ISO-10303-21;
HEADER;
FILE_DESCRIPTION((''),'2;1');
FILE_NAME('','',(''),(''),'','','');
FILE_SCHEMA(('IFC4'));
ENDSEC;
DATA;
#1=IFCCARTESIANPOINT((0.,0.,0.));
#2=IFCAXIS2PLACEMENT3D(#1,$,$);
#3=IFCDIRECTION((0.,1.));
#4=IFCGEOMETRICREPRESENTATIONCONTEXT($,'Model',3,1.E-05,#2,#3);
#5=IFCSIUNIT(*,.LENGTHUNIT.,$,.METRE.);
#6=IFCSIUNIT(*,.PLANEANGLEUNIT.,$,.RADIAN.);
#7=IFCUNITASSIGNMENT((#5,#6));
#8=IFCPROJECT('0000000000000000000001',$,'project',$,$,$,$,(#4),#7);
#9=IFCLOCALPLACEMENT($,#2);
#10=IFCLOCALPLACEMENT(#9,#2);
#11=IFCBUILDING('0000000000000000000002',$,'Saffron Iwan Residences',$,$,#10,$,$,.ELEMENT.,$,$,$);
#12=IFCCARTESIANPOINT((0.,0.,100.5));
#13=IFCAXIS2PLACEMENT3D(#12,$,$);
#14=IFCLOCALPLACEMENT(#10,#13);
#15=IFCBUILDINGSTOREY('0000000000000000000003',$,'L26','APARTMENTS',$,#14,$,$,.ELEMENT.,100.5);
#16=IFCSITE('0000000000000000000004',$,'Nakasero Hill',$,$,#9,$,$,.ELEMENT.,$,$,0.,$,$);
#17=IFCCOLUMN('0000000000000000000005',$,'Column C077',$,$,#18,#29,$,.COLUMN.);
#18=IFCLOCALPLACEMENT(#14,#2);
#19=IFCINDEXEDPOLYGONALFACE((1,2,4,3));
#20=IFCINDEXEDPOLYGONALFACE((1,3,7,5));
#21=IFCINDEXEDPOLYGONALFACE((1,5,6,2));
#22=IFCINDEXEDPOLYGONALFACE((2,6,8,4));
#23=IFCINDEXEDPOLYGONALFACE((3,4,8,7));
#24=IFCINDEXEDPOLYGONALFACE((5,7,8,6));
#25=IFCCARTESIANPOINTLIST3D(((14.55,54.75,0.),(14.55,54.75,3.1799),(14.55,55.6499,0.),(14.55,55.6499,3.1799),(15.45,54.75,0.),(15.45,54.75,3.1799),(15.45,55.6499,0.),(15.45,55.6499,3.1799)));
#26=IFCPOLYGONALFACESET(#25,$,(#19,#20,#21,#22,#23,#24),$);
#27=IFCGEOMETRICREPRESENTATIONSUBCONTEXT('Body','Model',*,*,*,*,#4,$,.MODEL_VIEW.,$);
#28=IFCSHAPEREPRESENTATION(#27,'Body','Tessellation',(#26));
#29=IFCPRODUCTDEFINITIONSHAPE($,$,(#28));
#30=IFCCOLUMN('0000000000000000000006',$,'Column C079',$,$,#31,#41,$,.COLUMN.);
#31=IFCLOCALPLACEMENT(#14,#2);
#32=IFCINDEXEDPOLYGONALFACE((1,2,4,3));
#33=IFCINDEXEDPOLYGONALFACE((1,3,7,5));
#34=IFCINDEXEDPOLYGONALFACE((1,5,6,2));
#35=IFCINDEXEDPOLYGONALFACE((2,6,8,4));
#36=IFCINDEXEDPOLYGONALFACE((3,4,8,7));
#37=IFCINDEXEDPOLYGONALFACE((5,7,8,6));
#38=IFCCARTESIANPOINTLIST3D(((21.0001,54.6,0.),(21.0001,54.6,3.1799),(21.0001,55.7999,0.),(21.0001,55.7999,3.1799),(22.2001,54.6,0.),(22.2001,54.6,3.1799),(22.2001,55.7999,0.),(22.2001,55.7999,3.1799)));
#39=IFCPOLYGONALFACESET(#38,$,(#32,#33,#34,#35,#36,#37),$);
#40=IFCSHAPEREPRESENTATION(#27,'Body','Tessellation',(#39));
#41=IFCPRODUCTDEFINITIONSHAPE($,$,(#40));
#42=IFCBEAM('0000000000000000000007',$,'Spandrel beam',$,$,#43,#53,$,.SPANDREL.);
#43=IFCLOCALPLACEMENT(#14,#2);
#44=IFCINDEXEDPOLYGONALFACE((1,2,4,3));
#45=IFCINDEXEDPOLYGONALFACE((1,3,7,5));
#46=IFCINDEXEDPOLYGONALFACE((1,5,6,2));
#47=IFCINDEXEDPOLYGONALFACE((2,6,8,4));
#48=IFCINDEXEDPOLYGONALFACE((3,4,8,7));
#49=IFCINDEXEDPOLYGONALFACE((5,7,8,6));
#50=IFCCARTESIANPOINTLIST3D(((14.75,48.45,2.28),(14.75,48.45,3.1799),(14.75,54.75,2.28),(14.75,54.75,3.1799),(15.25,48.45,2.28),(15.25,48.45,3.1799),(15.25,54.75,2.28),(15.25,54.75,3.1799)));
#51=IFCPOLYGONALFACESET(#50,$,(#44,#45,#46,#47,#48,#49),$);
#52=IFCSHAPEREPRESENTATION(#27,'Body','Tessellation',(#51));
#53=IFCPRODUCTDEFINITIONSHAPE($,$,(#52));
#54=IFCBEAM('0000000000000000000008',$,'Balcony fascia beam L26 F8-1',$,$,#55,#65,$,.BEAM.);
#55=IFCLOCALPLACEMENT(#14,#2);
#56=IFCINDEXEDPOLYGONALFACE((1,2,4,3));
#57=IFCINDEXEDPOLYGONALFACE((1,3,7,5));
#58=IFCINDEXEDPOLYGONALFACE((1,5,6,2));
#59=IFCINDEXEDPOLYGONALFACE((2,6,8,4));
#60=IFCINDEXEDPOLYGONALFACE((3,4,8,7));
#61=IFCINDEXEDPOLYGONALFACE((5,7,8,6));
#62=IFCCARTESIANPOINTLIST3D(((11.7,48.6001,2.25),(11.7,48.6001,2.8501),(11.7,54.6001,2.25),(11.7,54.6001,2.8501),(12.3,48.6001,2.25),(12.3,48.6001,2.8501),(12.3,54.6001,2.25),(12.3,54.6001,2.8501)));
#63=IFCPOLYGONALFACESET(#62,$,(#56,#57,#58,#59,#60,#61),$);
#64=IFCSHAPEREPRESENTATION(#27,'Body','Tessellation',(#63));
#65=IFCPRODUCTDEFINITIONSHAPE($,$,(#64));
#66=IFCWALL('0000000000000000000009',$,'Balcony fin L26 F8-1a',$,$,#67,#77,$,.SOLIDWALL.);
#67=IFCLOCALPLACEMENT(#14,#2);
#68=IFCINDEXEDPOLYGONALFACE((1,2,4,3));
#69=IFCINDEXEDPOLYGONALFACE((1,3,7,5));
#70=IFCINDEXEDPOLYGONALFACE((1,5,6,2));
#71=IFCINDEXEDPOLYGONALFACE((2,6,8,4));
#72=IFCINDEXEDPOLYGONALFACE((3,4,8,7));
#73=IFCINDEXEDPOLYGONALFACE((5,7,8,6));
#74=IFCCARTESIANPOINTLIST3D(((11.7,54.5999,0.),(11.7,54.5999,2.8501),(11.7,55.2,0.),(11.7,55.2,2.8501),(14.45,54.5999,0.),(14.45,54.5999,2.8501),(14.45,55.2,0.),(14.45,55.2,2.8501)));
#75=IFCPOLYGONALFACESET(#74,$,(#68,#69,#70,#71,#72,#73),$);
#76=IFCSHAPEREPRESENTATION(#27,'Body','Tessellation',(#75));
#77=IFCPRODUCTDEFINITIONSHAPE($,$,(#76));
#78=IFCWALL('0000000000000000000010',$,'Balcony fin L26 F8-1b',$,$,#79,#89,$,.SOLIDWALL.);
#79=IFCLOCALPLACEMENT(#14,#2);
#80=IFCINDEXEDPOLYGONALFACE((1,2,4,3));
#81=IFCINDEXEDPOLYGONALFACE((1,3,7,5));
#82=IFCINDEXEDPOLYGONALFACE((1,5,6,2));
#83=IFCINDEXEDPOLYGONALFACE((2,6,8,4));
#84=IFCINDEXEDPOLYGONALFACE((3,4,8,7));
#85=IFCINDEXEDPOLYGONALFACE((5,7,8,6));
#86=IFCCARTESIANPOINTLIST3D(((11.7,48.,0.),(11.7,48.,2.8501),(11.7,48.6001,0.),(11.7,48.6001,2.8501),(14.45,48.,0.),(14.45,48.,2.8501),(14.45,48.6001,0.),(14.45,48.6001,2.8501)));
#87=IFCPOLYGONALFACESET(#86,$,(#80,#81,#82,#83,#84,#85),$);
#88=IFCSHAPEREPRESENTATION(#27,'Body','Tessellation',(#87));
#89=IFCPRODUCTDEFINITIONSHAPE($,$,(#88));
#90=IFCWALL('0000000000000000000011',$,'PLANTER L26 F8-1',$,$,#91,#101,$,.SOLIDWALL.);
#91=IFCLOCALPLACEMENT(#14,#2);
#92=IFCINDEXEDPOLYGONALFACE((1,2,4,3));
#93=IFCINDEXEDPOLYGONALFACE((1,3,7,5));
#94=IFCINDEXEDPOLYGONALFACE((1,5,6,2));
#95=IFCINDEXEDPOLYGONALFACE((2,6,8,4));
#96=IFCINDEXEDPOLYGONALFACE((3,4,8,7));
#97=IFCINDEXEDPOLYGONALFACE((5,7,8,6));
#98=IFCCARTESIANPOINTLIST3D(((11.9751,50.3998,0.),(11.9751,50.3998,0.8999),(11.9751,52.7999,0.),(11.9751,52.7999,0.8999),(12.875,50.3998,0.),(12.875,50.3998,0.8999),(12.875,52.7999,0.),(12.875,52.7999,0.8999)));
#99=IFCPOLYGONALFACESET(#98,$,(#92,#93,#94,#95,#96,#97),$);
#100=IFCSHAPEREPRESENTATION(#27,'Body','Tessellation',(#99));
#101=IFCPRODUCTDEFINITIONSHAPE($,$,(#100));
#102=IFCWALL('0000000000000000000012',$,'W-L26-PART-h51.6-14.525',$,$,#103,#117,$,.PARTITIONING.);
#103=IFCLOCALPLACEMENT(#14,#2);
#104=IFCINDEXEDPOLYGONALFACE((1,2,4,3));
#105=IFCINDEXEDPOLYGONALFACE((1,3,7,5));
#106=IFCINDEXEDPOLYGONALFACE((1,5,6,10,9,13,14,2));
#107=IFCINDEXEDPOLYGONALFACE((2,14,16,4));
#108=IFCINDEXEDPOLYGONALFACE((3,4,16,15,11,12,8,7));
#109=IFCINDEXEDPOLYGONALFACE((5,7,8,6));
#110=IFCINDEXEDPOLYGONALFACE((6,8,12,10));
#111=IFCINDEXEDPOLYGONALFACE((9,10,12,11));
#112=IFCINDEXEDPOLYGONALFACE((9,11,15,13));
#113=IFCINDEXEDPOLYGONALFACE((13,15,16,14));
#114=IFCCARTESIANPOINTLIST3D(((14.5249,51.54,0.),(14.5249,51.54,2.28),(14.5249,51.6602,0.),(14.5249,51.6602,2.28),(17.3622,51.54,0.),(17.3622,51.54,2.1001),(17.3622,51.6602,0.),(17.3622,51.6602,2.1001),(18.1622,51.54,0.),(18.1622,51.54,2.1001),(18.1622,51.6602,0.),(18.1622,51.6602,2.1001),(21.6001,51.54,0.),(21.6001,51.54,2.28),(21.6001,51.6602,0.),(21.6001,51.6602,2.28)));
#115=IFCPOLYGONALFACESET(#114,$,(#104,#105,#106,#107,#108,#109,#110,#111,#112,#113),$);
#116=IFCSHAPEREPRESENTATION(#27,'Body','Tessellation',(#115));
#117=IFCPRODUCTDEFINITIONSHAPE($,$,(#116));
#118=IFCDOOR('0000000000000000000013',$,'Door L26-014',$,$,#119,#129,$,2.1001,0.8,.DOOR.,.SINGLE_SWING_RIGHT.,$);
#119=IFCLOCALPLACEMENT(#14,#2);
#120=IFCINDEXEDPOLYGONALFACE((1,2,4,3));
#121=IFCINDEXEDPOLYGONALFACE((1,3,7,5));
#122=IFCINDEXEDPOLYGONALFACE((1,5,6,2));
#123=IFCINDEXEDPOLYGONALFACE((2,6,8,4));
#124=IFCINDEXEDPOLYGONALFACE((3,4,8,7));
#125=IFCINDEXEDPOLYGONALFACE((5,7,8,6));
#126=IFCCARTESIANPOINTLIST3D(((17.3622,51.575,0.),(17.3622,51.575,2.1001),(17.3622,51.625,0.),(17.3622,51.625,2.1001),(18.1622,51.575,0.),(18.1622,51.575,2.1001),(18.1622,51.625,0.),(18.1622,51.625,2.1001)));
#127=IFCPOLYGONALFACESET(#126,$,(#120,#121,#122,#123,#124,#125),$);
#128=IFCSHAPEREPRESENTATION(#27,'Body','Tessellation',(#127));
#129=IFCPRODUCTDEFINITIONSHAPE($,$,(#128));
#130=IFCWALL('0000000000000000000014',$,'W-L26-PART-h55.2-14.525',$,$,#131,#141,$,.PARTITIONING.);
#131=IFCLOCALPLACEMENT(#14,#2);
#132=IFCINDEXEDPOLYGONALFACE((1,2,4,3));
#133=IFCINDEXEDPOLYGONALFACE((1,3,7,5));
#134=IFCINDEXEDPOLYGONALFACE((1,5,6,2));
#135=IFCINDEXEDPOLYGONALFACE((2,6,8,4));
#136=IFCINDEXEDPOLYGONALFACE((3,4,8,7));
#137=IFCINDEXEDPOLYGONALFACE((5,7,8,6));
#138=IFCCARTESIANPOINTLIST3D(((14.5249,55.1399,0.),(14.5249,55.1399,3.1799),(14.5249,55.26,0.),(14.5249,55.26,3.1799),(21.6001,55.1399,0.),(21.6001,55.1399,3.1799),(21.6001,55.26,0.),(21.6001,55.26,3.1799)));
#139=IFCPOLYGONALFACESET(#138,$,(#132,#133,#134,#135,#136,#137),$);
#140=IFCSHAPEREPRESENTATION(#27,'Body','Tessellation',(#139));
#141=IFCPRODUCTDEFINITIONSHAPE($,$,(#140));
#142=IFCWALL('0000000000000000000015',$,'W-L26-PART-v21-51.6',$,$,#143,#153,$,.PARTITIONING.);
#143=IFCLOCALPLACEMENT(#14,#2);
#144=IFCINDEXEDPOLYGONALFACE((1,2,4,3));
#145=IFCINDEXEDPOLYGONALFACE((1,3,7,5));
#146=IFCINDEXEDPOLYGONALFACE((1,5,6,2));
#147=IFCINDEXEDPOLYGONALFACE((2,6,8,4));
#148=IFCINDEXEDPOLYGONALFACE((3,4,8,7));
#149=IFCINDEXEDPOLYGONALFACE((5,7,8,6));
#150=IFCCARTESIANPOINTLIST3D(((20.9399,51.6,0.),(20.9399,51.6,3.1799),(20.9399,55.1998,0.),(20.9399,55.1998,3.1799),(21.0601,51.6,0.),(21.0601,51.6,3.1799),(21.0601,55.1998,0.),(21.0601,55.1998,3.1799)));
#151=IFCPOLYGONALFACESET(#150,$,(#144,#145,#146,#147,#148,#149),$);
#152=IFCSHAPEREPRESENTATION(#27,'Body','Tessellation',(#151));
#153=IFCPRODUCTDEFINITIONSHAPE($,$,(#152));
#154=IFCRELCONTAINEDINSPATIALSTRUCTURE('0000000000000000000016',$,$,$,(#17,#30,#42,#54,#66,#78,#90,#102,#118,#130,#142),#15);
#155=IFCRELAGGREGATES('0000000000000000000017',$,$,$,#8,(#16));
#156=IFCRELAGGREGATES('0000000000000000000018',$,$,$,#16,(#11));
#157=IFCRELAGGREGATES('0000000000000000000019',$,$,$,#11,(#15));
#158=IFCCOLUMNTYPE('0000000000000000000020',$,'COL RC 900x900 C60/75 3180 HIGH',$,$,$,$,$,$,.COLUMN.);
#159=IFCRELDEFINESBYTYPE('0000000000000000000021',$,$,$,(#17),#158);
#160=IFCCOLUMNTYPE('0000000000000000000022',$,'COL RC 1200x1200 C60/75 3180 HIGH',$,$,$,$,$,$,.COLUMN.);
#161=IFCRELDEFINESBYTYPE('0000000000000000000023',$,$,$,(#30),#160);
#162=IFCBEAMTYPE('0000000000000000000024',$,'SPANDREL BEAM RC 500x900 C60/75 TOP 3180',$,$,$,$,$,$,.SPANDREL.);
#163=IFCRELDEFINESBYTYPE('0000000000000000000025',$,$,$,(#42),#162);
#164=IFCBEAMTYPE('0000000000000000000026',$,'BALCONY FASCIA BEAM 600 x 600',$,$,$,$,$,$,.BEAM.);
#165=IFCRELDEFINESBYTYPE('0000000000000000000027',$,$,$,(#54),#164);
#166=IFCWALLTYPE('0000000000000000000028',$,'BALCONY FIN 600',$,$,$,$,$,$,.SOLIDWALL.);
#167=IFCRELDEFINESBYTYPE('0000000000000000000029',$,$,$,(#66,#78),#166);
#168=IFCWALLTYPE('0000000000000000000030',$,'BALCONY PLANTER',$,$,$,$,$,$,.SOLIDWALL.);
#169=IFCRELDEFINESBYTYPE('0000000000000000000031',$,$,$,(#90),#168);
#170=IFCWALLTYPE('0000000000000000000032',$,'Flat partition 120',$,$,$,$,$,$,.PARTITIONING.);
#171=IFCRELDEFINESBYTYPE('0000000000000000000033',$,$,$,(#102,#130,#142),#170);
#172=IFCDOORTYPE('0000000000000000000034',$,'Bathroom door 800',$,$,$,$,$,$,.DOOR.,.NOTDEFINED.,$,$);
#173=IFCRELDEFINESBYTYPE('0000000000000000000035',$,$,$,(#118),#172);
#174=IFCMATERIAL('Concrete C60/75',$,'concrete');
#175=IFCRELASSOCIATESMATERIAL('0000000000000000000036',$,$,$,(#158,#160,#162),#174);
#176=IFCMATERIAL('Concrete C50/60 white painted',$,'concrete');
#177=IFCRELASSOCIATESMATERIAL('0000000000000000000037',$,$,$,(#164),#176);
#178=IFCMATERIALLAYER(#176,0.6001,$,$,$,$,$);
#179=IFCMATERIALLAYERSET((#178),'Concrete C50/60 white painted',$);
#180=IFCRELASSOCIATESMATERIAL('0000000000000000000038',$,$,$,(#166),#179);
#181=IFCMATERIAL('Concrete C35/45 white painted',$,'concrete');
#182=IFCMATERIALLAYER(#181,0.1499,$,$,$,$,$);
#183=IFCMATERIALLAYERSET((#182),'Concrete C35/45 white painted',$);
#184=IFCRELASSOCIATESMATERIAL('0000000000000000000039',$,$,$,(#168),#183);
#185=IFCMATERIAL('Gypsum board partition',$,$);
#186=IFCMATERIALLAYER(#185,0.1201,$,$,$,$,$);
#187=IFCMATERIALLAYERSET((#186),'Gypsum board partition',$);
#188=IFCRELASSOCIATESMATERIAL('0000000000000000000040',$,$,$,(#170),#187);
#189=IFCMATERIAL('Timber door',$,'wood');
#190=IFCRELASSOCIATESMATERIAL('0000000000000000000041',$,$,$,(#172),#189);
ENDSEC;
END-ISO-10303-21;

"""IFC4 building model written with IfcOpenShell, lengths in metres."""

from ifc_helpers import new_model, si_unit, direction, frame, frame_2d, origin, origin_2d, place, context, subcontext, project, spatial, rectangle, extrude, source, transform, mapped, material, layer, layer_set, material_profile, profile_set, type_object, element, fill, save


model = new_model("IFC4")

# Units and contexts
model_context = context("Model", 3, precision=1e-05, world=origin(), true_north=direction((0.0, 1.0)))
body_context = subcontext(model_context, "Body", "Model", "MODEL_VIEW")
ifc_project = project(units=[si_unit("LENGTHUNIT", "METRE"), si_unit("PLANEANGLEUNIT", "RADIAN")], contexts=[model_context])

# Site, building, storey
site_placement = place(None, origin())
site = spatial("IfcSite", under=ifc_project, at=site_placement, Name="Nakasero Hill", CompositionType="ELEMENT", RefElevation=0.0)
building_placement = place(site_placement, origin())
building = spatial("IfcBuilding", under=site, at=building_placement, Name="Saffron Iwan Residences", CompositionType="ELEMENT")
storey_placement = place(building_placement, frame((0.0, 0.0, 100.5)))
storey = spatial("IfcBuildingStorey", under=building, at=storey_placement, Name="L26", Description="APARTMENTS", CompositionType="ELEMENT", Elevation=100.5)

# Columns
ifc_material_1 = material(Name="Concrete C60/75", Category="concrete")
ifc_material_profile_1 = material_profile(ifc_material_1, rectangle(XDim=0.8999, YDim=0.8999, at=origin_2d()), Name="RC 900x900")
ifc_profile_set_1 = profile_set([ifc_material_profile_1], Name="Concrete C60/75")
column_type_1 = type_object("IfcColumnType", Name="COL RC 900x900 C60/75 3180 HIGH", PredefinedType="COLUMN", material=ifc_profile_set_1)
shared_shape_1 = source(origin(), body_context, "Body", "SweptSolid", [
    extrude(rectangle(XDim=0.8999, YDim=0.8999, at=origin_2d()), origin(), (0.0, 0.0, 1.0), 3.1799),
])
column_1_placement = place(storey_placement, frame((15.0, 55.2, 0.0), z_axis=(0.0, 0.0, 1.0), x_axis=(1.0, 0.0, 0.0)))
element("IfcColumn", 1, at=column_1_placement, inside=storey, type_object=column_type_1, Name="Column C077", PredefinedType="COLUMN", context=body_context, shape_type="MappedRepresentation", body=[
    mapped(shared_shape_1, transform((0.0, 0.0, 0.0))),
])
ifc_material_profile_2 = material_profile(ifc_material_1, rectangle(XDim=1.2, YDim=1.2, at=origin_2d()), Name="RC 1200x1200")
ifc_profile_set_2 = profile_set([ifc_material_profile_2], Name="Concrete C60/75")
column_type_2 = type_object("IfcColumnType", Name="COL RC 1200x1200 C60/75 3180 HIGH", PredefinedType="COLUMN", material=ifc_profile_set_2)
shared_shape_2 = source(origin(), body_context, "Body", "SweptSolid", [
    extrude(rectangle(XDim=1.2, YDim=1.2, at=origin_2d()), origin(), (0.0, 0.0, 1.0), 3.1799),
])
column_2_placement = place(storey_placement, frame((21.6001, 55.2, 0.0), z_axis=(0.0, 0.0, 1.0), x_axis=(1.0, 0.0, 0.0)))
element("IfcColumn", 2, at=column_2_placement, inside=storey, type_object=column_type_2, Name="Column C079", PredefinedType="COLUMN", context=body_context, shape_type="MappedRepresentation", body=[
    mapped(shared_shape_2, transform((0.0, 0.0, 0.0))),
])

# Beams
ifc_material_profile_3 = material_profile(ifc_material_1, rectangle(XDim=0.5, YDim=0.8999, at=origin_2d()), Name="RC 500x900")
ifc_profile_set_3 = profile_set([ifc_material_profile_3], Name="Concrete C60/75")
beam_type_1 = type_object("IfcBeamType", Name="SPANDREL BEAM RC 500x900 C60/75 TOP 3180", PredefinedType="SPANDREL", material=ifc_profile_set_3)
shared_shape_3 = source(origin(), body_context, "Body", "SweptSolid", [
    extrude(rectangle(XDim=0.5, YDim=0.8999, at=origin_2d()), origin(), (0.0, 0.0, 1.0), 6.3),
])
beam_1_placement = place(storey_placement, frame((15.0, 48.45, 2.73), z_axis=(0.0, 1.0, 0.0), x_axis=(-1.0, 0.0, 0.0)))
element("IfcBeam", 3, at=beam_1_placement, inside=storey, type_object=beam_type_1, Name="Spandrel beam", PredefinedType="SPANDREL", context=body_context, shape_type="MappedRepresentation", body=[
    mapped(shared_shape_3, transform((0.0, 0.0, 0.0))),
])
ifc_material_2 = material(Name="Concrete C50/60 white painted", Category="concrete")
ifc_material_profile_4 = material_profile(ifc_material_2, rectangle(XDim=0.6001, YDim=0.6001, at=origin_2d()), Name="BALCONY FASCIA BEAM 600 x 600")
ifc_profile_set_4 = profile_set([ifc_material_profile_4], Name="Concrete C50/60 white painted")
beam_type_2 = type_object("IfcBeamType", Name="BALCONY FASCIA BEAM 600 x 600", PredefinedType="BEAM", material=ifc_profile_set_4)
shared_shape_4 = source(origin(), body_context, "Body", "SweptSolid", [
    extrude(rectangle(XDim=0.6001, YDim=0.6001, at=origin_2d()), origin(), (0.0, 0.0, 1.0), 6.0),
])
beam_2_placement = place(storey_placement, frame((12.0, 54.6001, 2.55), z_axis=(0.0, -1.0, 0.0), x_axis=(1.0, 0.0, 0.0)))
element("IfcBeam", 4, at=beam_2_placement, inside=storey, type_object=beam_type_2, Name="Balcony fascia beam L26 F8-1", PredefinedType="BEAM", context=body_context, shape_type="MappedRepresentation", body=[
    mapped(shared_shape_4, transform((0.0, 0.0, 0.0))),
])

# Walls
ifc_layer_1 = layer(ifc_material_2, 0.6001)
ifc_layer_set_1 = layer_set([ifc_layer_1], Name="Concrete C50/60 white painted")
wall_type_1 = type_object("IfcWallType", Name="BALCONY FIN 600", PredefinedType="SOLIDWALL", material=ifc_layer_set_1)
for number, where, z_axis, x_axis, name in (
    (5, (14.45, 54.8999, 0.0), (0.0, 0.0, 1.0), (-1.0, 0.0, 0.0), "Balcony fin L26 F8-1a"),
    (6, (14.45, 48.3, 0.0), (0.0, 0.0, 1.0), (-1.0, 0.0, 0.0), "Balcony fin L26 F8-1b"),
):
    element("IfcWall", number, at=place(storey_placement, frame(where, z_axis=z_axis, x_axis=x_axis)), inside=storey, type_object=wall_type_1, Name=name, PredefinedType="SOLIDWALL", context=body_context, shape_type="SweptSolid", body=[
        extrude(rectangle(XDim=2.75, YDim=0.6001, at=frame_2d((1.375, 0.0))), origin(), (0.0, 0.0, 1.0), 2.8501),
    ])
ifc_material_3 = material(Name="Concrete C35/45 white painted", Category="concrete")
ifc_layer_2 = layer(ifc_material_3, 0.1499)
ifc_layer_set_2 = layer_set([ifc_layer_2], Name="Concrete C35/45 white painted")
wall_type_2 = type_object("IfcWallType", Name="BALCONY PLANTER", PredefinedType="SOLIDWALL", material=ifc_layer_set_2)
wall_1_placement = place(storey_placement, frame((12.425, 52.8, 0.0), z_axis=(0.0, 0.0, 1.0), x_axis=(0.0, -1.0, 0.0)))
element("IfcWall", 7, at=wall_1_placement, inside=storey, type_object=wall_type_2, Name="PLANTER L26 F8-1", PredefinedType="SOLIDWALL", context=body_context, shape_type="SweptSolid", body=[
    extrude(rectangle(XDim=2.4001, YDim=0.8999, at=frame_2d((1.2002, 0.0))), origin(), (0.0, 0.0, 1.0), 0.8999),
])

# Wall, opening, door
ifc_material_4 = material(Name="Gypsum board partition")
ifc_layer_3 = layer(ifc_material_4, 0.1201)
ifc_layer_set_3 = layer_set([ifc_layer_3], Name="Gypsum board partition")
wall_type_3 = type_object("IfcWallType", Name="Flat partition 120", PredefinedType="PARTITIONING", material=ifc_layer_set_3)
wall_2_placement = place(storey_placement, frame((14.5249, 51.6001, 0.0), z_axis=(0.0, 0.0, 1.0), x_axis=(1.0, 0.0, 0.0)))
wall_2 = element("IfcWall", 8, at=wall_2_placement, inside=storey, type_object=wall_type_3, Name="W-L26-PART-h51.6-14.525", PredefinedType="PARTITIONING", context=body_context, shape_type="SweptSolid", body=[
    extrude(rectangle(XDim=7.0752, YDim=0.1201, at=frame_2d((3.5376, 0.0))), origin(), (0.0, 0.0, 1.0), 2.28),
])
opening_1_placement = place(wall_2_placement, frame((2.8374, 0.0, 0.0)))
opening_1 = element("IfcOpeningElement", 9, at=opening_1_placement, cuts=wall_2, PredefinedType="OPENING", context=body_context, shape_type="SweptSolid", body=[
    extrude(rectangle(XDim=0.8, YDim=2.1001, at=frame_2d((0.3999, 1.05))), frame((0.0, 0.0701, 0.0), z_axis=(0.0, -1.0, 0.0), x_axis=(1.0, 0.0, 0.0)), (0.0, 0.0, 1.0), 0.1401),
])
ifc_material_5 = material(Name="Timber door", Category="wood")
door_type_1 = type_object("IfcDoorType", Name="Bathroom door 800", OperationType="NOTDEFINED", PredefinedType="DOOR", material=ifc_material_5)
door_1_placement = place(opening_1_placement, origin())
door_1 = element("IfcDoor", 10, at=door_1_placement, inside=storey, type_object=door_type_1, Name="Door L26-014", OperationType="SINGLE_SWING_RIGHT", OverallHeight=2.1001, OverallWidth=0.8, PredefinedType="DOOR", context=body_context, shape_type="SweptSolid", body=[
    extrude(rectangle(XDim=0.8, YDim=2.1001, at=frame_2d((0.3999, 1.05))), frame((0.0, 0.0249, 0.0), z_axis=(0.0, -1.0, 0.0), x_axis=(1.0, 0.0, 0.0)), (0.0, 0.0, 1.0), 0.05),
])
fill(opening_1, door_1)

# Walls
wall_3_placement = place(storey_placement, frame((14.5249, 55.2, 0.0), z_axis=(0.0, 0.0, 1.0), x_axis=(1.0, 0.0, 0.0)))
element("IfcWall", 11, at=wall_3_placement, inside=storey, type_object=wall_type_3, Name="W-L26-PART-h55.2-14.525", PredefinedType="PARTITIONING", context=body_context, shape_type="SweptSolid", body=[
    extrude(rectangle(XDim=7.0752, YDim=0.1201, at=frame_2d((3.5376, 0.0))), origin(), (0.0, 0.0, 1.0), 3.1799),
])
wall_4_placement = place(storey_placement, frame((21.0, 51.6001, 0.0), z_axis=(0.0, 0.0, 1.0), x_axis=(0.0, 1.0, 0.0)))
element("IfcWall", 12, at=wall_4_placement, inside=storey, type_object=wall_type_3, Name="W-L26-PART-v21-51.6", PredefinedType="PARTITIONING", context=body_context, shape_type="SweptSolid", body=[
    extrude(rectangle(XDim=3.5999, YDim=0.1201, at=frame_2d((1.7998, 0.0))), origin(), (0.0, 0.0, 1.0), 3.1799),
])

save(model, "model.ifc")
